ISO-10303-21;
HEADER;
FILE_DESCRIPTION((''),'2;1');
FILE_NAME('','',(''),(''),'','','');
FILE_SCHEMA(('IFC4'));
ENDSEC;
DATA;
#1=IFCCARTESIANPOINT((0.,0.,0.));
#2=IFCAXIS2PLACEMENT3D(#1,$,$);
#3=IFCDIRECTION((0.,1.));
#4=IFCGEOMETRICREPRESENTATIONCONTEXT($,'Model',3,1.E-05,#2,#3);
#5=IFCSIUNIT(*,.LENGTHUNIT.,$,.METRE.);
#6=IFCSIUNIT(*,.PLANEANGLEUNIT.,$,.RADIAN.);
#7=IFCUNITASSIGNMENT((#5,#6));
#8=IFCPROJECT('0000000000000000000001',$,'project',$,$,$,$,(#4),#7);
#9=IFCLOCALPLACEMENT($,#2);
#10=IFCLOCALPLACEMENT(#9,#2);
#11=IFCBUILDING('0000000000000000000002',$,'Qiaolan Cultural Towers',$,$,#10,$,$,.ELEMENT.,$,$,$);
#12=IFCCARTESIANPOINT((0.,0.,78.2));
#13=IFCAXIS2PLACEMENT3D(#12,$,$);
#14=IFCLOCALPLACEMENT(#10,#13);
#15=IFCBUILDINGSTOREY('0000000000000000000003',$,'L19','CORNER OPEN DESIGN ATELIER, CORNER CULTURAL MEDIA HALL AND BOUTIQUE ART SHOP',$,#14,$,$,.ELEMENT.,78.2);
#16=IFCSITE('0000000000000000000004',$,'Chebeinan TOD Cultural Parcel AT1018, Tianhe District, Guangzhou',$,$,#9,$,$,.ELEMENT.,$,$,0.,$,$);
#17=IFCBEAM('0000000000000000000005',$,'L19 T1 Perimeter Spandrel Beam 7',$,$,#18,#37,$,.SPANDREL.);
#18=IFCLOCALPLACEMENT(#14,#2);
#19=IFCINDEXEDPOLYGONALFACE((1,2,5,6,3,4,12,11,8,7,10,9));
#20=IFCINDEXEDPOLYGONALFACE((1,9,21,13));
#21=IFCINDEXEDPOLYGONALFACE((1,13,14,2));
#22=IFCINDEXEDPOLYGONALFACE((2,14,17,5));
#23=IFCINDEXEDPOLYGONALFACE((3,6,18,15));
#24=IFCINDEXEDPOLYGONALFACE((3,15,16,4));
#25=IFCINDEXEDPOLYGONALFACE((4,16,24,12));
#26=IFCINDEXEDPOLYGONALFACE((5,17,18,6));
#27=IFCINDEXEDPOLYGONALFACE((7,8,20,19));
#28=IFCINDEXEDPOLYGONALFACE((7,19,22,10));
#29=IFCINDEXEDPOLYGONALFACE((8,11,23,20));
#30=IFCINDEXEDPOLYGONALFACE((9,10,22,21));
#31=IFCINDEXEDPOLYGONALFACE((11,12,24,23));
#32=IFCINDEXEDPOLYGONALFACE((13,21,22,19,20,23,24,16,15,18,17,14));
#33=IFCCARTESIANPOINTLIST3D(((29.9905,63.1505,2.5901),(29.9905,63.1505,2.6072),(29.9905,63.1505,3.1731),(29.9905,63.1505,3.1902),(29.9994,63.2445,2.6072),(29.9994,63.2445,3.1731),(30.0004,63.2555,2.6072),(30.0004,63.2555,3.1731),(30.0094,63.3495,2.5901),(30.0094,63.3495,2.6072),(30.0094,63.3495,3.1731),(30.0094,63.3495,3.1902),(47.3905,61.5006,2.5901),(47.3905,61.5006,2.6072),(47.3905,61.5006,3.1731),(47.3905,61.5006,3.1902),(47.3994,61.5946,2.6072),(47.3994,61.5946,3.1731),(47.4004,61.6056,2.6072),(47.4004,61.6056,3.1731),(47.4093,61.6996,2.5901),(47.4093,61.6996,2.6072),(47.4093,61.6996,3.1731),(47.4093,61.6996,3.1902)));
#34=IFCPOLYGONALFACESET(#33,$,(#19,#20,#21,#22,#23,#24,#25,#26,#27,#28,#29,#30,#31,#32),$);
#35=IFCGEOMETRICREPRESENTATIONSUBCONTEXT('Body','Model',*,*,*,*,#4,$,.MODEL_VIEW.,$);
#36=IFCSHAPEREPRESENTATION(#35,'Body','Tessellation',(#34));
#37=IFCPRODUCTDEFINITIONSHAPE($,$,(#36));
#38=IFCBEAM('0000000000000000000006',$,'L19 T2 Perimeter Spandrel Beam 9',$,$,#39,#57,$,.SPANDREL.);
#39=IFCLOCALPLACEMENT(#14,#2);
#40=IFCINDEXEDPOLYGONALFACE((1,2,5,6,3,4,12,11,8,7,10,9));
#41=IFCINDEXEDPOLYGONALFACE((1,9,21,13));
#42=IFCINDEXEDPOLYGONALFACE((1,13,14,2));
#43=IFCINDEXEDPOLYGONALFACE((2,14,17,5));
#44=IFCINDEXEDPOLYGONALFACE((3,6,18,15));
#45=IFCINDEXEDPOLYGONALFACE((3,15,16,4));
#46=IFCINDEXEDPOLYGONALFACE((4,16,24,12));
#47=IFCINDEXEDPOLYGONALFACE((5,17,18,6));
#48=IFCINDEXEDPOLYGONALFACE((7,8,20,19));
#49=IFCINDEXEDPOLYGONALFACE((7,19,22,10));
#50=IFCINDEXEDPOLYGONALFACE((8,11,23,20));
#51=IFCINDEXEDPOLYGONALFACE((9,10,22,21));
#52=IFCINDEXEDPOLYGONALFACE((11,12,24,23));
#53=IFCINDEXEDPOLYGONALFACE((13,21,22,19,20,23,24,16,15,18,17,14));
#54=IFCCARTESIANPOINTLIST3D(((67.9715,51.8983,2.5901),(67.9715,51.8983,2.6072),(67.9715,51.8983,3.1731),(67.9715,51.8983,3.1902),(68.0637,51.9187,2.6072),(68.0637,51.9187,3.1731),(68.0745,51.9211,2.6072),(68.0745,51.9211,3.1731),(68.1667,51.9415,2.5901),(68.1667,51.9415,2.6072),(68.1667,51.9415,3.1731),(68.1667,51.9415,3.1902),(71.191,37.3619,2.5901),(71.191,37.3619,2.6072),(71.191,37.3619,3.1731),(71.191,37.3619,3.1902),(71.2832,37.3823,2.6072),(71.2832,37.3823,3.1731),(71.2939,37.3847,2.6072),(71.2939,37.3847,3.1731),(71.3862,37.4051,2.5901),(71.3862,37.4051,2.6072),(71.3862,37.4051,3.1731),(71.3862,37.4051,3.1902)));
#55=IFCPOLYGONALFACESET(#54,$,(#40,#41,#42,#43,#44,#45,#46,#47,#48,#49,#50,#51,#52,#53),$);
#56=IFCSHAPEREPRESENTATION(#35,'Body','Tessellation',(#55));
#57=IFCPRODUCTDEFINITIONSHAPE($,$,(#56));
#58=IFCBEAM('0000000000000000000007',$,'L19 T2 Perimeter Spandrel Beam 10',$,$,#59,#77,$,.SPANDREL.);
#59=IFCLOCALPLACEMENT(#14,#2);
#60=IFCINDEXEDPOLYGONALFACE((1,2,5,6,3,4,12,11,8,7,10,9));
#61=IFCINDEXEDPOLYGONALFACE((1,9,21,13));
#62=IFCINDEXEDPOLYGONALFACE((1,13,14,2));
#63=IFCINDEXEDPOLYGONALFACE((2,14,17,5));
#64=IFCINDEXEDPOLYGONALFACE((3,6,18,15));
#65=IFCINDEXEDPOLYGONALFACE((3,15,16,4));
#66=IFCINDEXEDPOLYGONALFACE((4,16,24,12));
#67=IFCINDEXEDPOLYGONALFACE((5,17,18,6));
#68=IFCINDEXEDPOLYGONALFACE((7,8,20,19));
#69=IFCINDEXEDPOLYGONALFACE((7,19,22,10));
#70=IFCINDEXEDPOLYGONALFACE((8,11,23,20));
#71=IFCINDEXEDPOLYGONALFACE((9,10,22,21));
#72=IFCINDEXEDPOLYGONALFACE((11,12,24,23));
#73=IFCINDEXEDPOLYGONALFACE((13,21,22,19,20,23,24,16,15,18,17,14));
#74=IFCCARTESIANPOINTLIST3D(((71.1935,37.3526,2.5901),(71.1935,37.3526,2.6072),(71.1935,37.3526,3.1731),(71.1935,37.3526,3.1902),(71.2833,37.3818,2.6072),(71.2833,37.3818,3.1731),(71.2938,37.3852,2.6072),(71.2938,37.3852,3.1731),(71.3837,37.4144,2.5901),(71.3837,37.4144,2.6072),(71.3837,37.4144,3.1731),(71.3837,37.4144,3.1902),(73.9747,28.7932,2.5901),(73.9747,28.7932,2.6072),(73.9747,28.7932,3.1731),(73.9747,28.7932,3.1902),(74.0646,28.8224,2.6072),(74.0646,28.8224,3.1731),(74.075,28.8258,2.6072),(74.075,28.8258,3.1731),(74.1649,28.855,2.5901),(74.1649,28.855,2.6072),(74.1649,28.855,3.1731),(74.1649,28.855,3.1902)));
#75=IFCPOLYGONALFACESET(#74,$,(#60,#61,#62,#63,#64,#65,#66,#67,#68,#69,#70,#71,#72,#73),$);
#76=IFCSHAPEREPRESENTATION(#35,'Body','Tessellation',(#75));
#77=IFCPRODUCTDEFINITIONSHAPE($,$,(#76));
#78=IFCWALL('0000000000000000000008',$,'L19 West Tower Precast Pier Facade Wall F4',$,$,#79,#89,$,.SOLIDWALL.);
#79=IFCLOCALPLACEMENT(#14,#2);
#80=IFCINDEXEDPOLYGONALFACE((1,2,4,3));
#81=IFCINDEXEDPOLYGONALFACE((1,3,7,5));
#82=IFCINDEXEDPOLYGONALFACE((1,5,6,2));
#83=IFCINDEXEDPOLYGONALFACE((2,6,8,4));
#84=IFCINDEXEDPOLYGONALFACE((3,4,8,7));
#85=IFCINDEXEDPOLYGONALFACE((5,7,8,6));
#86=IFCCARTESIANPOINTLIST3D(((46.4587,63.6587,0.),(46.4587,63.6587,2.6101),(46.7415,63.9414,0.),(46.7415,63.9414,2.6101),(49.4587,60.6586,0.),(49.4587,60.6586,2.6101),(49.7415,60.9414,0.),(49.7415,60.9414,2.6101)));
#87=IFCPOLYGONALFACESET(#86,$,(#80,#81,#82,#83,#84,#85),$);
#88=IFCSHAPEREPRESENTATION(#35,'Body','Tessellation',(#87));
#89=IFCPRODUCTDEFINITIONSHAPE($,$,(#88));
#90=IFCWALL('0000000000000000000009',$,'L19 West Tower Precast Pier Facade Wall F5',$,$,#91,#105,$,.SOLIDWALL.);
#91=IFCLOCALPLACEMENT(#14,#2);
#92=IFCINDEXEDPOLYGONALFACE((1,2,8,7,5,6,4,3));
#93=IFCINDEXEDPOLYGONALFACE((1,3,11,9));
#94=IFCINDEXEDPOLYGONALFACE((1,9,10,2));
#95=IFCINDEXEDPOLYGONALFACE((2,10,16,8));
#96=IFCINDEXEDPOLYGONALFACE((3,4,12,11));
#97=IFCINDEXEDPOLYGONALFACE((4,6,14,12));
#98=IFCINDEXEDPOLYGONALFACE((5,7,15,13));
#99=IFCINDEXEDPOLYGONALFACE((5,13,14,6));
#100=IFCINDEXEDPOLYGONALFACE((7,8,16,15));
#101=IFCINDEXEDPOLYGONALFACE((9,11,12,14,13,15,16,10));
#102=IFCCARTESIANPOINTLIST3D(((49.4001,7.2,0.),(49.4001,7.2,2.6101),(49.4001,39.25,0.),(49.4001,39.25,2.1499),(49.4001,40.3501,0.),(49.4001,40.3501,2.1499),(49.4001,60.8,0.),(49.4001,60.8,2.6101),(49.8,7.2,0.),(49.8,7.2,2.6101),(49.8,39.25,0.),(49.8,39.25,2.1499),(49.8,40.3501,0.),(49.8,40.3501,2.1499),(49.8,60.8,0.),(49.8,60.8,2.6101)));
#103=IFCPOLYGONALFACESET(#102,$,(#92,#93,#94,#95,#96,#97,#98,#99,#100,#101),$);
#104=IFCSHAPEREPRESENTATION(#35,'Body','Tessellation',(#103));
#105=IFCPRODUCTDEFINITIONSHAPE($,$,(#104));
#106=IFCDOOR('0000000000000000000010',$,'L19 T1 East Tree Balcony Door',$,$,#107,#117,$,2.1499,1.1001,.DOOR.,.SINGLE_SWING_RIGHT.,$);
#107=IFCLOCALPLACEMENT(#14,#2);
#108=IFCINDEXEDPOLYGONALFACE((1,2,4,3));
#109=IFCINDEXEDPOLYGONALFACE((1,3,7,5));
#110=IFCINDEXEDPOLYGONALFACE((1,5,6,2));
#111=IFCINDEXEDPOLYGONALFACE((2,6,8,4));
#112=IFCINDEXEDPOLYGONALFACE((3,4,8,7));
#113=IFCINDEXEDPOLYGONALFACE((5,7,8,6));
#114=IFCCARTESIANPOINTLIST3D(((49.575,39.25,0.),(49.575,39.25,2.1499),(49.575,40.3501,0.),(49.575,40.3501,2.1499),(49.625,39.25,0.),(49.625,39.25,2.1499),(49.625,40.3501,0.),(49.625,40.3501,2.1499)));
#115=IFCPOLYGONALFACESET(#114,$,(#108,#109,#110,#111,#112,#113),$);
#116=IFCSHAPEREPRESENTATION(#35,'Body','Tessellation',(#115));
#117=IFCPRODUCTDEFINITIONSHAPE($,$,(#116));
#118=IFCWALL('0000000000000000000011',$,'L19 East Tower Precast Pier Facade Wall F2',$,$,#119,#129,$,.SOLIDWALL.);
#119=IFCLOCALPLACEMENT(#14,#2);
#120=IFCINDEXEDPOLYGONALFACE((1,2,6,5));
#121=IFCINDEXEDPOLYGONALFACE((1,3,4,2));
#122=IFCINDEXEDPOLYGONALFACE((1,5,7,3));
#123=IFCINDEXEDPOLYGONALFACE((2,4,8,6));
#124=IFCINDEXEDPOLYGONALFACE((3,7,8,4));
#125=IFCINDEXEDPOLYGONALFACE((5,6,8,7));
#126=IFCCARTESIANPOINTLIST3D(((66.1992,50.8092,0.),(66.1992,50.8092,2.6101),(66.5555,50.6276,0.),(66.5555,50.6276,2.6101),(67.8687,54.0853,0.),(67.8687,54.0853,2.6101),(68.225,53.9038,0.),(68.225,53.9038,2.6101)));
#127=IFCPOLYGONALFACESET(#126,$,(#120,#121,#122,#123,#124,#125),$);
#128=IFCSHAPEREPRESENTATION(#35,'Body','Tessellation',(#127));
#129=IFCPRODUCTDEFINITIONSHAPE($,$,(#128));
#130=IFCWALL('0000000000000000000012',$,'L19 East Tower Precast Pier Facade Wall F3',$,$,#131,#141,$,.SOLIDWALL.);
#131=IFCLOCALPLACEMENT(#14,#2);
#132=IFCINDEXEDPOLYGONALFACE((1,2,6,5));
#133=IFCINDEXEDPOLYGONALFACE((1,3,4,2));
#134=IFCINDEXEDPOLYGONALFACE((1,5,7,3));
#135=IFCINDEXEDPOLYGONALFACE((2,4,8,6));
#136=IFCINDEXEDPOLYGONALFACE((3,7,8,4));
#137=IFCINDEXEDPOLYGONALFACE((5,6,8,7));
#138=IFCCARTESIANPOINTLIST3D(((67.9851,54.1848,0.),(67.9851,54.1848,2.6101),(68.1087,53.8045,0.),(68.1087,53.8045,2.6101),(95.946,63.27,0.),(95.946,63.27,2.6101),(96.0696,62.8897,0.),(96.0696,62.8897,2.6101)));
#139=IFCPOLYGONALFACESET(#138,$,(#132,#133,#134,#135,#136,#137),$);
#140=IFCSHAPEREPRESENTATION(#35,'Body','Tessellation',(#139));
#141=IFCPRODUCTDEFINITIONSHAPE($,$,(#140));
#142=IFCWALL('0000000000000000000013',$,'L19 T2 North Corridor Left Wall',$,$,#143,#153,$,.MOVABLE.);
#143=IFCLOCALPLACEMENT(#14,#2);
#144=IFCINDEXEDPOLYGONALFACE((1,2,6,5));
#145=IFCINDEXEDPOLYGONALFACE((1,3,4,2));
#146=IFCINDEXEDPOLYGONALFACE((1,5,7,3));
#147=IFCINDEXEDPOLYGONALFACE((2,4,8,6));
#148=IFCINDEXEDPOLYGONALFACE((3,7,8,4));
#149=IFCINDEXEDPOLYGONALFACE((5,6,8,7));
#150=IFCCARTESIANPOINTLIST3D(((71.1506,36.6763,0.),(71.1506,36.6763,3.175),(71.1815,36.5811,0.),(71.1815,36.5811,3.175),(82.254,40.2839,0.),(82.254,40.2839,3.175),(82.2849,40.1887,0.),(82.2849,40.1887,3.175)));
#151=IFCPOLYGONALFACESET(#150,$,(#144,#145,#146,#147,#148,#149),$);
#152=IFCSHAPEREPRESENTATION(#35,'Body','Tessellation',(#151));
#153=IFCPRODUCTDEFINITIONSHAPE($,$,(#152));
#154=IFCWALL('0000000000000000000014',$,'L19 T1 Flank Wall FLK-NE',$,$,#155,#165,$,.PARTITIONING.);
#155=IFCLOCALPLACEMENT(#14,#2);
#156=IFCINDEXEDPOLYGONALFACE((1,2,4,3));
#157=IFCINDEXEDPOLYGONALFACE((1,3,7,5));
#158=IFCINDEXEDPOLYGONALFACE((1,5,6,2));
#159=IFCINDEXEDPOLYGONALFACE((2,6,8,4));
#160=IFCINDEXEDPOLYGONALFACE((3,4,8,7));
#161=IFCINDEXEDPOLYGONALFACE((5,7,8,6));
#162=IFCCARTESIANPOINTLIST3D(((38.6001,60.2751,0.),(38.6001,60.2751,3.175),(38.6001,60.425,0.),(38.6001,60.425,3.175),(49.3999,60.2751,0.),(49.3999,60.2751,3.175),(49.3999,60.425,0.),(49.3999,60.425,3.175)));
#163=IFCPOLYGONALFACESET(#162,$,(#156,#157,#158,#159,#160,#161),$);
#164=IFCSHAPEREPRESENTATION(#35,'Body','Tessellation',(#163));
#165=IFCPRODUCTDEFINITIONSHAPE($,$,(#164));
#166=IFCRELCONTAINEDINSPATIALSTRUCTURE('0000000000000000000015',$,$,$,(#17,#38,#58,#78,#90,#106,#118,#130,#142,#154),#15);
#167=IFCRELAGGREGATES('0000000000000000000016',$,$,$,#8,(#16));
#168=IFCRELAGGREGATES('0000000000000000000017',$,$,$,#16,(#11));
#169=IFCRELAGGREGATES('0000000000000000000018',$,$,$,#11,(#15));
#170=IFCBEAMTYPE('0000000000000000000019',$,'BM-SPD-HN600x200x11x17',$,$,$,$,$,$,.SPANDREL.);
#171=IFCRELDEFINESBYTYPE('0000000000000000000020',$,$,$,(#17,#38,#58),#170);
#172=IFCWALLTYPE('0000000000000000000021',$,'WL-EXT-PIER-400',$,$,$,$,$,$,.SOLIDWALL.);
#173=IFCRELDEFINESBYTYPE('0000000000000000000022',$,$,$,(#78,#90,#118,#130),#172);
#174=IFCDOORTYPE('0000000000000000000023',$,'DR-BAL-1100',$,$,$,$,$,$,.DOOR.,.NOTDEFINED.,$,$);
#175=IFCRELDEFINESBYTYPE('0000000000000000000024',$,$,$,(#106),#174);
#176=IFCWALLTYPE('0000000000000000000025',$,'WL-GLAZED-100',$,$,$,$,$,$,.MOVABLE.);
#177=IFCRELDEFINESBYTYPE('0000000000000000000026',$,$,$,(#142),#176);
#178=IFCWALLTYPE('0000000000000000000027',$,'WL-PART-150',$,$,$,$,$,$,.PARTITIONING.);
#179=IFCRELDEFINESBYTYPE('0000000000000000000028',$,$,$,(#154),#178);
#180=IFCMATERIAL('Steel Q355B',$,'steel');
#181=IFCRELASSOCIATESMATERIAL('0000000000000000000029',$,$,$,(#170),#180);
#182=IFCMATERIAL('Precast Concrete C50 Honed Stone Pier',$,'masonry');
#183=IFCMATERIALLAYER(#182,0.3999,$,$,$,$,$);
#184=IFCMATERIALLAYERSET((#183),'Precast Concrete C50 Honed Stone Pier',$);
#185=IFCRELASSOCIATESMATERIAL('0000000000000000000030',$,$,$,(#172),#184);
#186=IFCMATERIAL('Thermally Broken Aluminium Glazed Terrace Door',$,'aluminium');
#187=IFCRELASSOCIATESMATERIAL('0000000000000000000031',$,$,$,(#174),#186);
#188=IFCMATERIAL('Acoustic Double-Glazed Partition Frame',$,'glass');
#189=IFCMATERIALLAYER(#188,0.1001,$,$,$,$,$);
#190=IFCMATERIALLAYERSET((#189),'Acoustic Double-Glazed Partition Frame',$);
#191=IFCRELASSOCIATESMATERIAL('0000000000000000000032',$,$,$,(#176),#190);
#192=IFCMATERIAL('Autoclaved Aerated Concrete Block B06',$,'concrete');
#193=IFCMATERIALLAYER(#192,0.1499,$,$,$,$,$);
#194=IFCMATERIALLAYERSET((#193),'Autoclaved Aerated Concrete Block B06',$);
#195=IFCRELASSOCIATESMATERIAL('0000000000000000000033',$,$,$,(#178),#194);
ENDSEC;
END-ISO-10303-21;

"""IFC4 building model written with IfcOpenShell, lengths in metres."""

from ifc_helpers import new_model, si_unit, direction, frame, frame_2d, origin, origin_2d, place, context, subcontext, project, spatial, rectangle, i_section, extrude, material, layer, layer_set, material_profile, profile_set, type_object, element, fill, save


model = new_model("IFC4")

# Units and contexts
model_context = context("Model", 3, precision=1e-05, world=origin(), true_north=direction((0.0, 1.0)))
body_context = subcontext(model_context, "Body", "Model", "MODEL_VIEW")
ifc_project = project(units=[si_unit("LENGTHUNIT", "METRE"), si_unit("PLANEANGLEUNIT", "RADIAN")], contexts=[model_context])

# Site, building, storey
site_placement = place(None, origin())
site = spatial("IfcSite", under=ifc_project, at=site_placement, Name="Chebeinan TOD Cultural Parcel AT1018, Tianhe District, Guangzhou", CompositionType="ELEMENT", RefElevation=0.0)
building_placement = place(site_placement, origin())
building = spatial("IfcBuilding", under=site, at=building_placement, Name="Qiaolan Cultural Towers", CompositionType="ELEMENT")
storey_placement = place(building_placement, frame((0.0, 0.0, 78.2)))
storey = spatial("IfcBuildingStorey", under=building, at=storey_placement, Name="L19", Description="CORNER OPEN DESIGN ATELIER, CORNER CULTURAL MEDIA HALL AND BOUTIQUE ART SHOP", CompositionType="ELEMENT", Elevation=78.2)

# Beams
ifc_material_1 = material(Name="Steel Q355B", Category="steel")
ifc_material_profile_1 = material_profile(ifc_material_1, i_section(OverallWidth=0.2, OverallDepth=0.6001, WebThickness=0.011, FlangeThickness=0.0171, at=origin_2d()), Name="HN600x200x11x17")
ifc_profile_set_1 = profile_set([ifc_material_profile_1], Name="Steel Q355B")
beam_type_1 = type_object("IfcBeamType", Name="BM-SPD-HN600x200x11x17", PredefinedType="SPANDREL", material=ifc_profile_set_1)
beam_1_placement = place(storey_placement, frame((47.3999, 61.6001, 2.8901), z_axis=(-0.995534, 0.094399, 0.0), x_axis=(-0.094399, -0.995534, 0.0)))
element("IfcBeam", 1, at=beam_1_placement, inside=storey, type_object=beam_type_1, Name="L19 T1 Perimeter Spandrel Beam 7", PredefinedType="SPANDREL", context=body_context, shape_type="SweptSolid", body=[
    extrude(i_section(OverallWidth=0.2, OverallDepth=0.6001, WebThickness=0.011, FlangeThickness=0.0171, at=origin_2d()), origin(), (0.0, 0.0, 1.0), 17.478),
])
beam_2_placement = place(storey_placement, frame((68.0691, 51.9199, 2.8901), z_axis=(0.216238, -0.976341, 0.0), x_axis=(0.976341, 0.216238, 0.0)))
element("IfcBeam", 2, at=beam_2_placement, inside=storey, type_object=beam_type_1, Name="L19 T2 Perimeter Spandrel Beam 9", PredefinedType="SPANDREL", context=body_context, shape_type="SweptSolid", body=[
    extrude(i_section(OverallWidth=0.2, OverallDepth=0.6001, WebThickness=0.011, FlangeThickness=0.0171, at=origin_2d()), origin(), (0.0, 0.0, 1.0), 14.8887),
])
beam_3_placement = place(storey_placement, frame((71.2886, 37.3835, 2.8901), z_axis=(0.309025, -0.951054, 0.0), x_axis=(0.951054, 0.309025, 0.0)))
element("IfcBeam", 3, at=beam_3_placement, inside=storey, type_object=beam_type_1, Name="L19 T2 Perimeter Spandrel Beam 10", PredefinedType="SPANDREL", context=body_context, shape_type="SweptSolid", body=[
    extrude(i_section(OverallWidth=0.2, OverallDepth=0.6001, WebThickness=0.011, FlangeThickness=0.0171, at=origin_2d()), origin(), (0.0, 0.0, 1.0), 9.0),
])

# Wall
ifc_material_2 = material(Name="Precast Concrete C50 Honed Stone Pier", Category="masonry")
ifc_layer_1 = layer(ifc_material_2, 0.3999)
ifc_layer_set_1 = layer_set([ifc_layer_1], Name="Precast Concrete C50 Honed Stone Pier")
wall_type_1 = type_object("IfcWallType", Name="WL-EXT-PIER-400", PredefinedType="SOLIDWALL", material=ifc_layer_set_1)
wall_1_placement = place(storey_placement, frame((46.6001, 63.8, 0.0), z_axis=(0.0, 0.0, 1.0), x_axis=(0.707107, -0.707107, 0.0)))
element("IfcWall", 4, at=wall_1_placement, inside=storey, type_object=wall_type_1, Name="L19 West Tower Precast Pier Facade Wall F4", PredefinedType="SOLIDWALL", context=body_context, shape_type="SweptSolid", body=[
    extrude(rectangle(XDim=4.2427, YDim=0.3999, at=frame_2d((2.1213, 0.0))), origin(), (0.0, 0.0, 1.0), 2.6101),
])

# Wall, opening, door
wall_2_placement = place(storey_placement, frame((49.6001, 60.8, 0.0), z_axis=(0.0, 0.0, 1.0), x_axis=(0.0, -1.0, 0.0)))
wall_2 = element("IfcWall", 5, at=wall_2_placement, inside=storey, type_object=wall_type_1, Name="L19 West Tower Precast Pier Facade Wall F5", PredefinedType="SOLIDWALL", context=body_context, shape_type="SweptSolid", body=[
    extrude(rectangle(XDim=53.6001, YDim=0.3999, at=frame_2d((26.8, 0.0))), origin(), (0.0, 0.0, 1.0), 2.6101),
])
opening_1_placement = place(wall_2_placement, frame((20.45, 0.0, 0.0)))
opening_1 = element("IfcOpeningElement", 6, at=opening_1_placement, cuts=wall_2, PredefinedType="OPENING", context=body_context, shape_type="SweptSolid", body=[
    extrude(rectangle(XDim=1.1001, YDim=2.1499, at=frame_2d((0.55, 1.075))), frame((0.0, 0.21, 0.0), z_axis=(0.0, -1.0, 0.0), x_axis=(1.0, 0.0, 0.0)), (0.0, 0.0, 1.0), 0.4199),
])
ifc_material_3 = material(Name="Thermally Broken Aluminium Glazed Terrace Door", Category="aluminium")
door_type_1 = type_object("IfcDoorType", Name="DR-BAL-1100", OperationType="NOTDEFINED", PredefinedType="DOOR", material=ifc_material_3)
door_1_placement = place(opening_1_placement, origin())
door_1 = element("IfcDoor", 7, at=door_1_placement, inside=storey, type_object=door_type_1, Name="L19 T1 East Tree Balcony Door", OperationType="SINGLE_SWING_RIGHT", OverallHeight=2.1499, OverallWidth=1.1001, PredefinedType="DOOR", context=body_context, shape_type="SweptSolid", body=[
    extrude(rectangle(XDim=1.1001, YDim=2.1499, at=frame_2d((0.55, 1.075))), frame((0.0, 0.0249, 0.0), z_axis=(0.0, -1.0, 0.0), x_axis=(1.0, 0.0, 0.0)), (0.0, 0.0, 1.0), 0.05),
])
fill(opening_1, door_1)

# Walls
wall_3_placement = place(storey_placement, frame((66.3774, 50.7185, 0.0), z_axis=(0.0, 0.0, 1.0), x_axis=(0.454026, 0.890988, 0.0)))
element("IfcWall", 8, at=wall_3_placement, inside=storey, type_object=wall_type_1, Name="L19 East Tower Precast Pier Facade Wall F2", PredefinedType="SOLIDWALL", context=body_context, shape_type="SweptSolid", body=[
    extrude(rectangle(XDim=3.677, YDim=0.3999, at=frame_2d((1.8384, 0.0))), origin(), (0.0, 0.0, 1.0), 2.6101),
])
wall_4_placement = place(storey_placement, frame((68.0469, 53.9946, 0.0), z_axis=(0.0, 0.0, 1.0), x_axis=(0.951055, 0.309021, 0.0)))
element("IfcWall", 9, at=wall_4_placement, inside=storey, type_object=wall_type_1, Name="L19 East Tower Precast Pier Facade Wall F3", PredefinedType="SOLIDWALL", context=body_context, shape_type="SweptSolid", body=[
    extrude(rectangle(XDim=29.3999, YDim=0.3999, at=frame_2d((14.7, 0.0))), origin(), (0.0, 0.0, 1.0), 2.6101),
])
ifc_material_4 = material(Name="Acoustic Double-Glazed Partition Frame", Category="glass")
ifc_layer_2 = layer(ifc_material_4, 0.1001)
ifc_layer_set_2 = layer_set([ifc_layer_2], Name="Acoustic Double-Glazed Partition Frame")
wall_type_2 = type_object("IfcWallType", Name="WL-GLAZED-100", PredefinedType="MOVABLE", material=ifc_layer_set_2)
wall_5_placement = place(storey_placement, frame((71.166, 36.6287, 0.0), z_axis=(0.0, 0.0, 1.0), x_axis=(0.951059, 0.30901, 0.0)))
element("IfcWall", 10, at=wall_5_placement, inside=storey, type_object=wall_type_2, Name="L19 T2 North Corridor Left Wall", PredefinedType="MOVABLE", context=body_context, shape_type="SweptSolid", body=[
    extrude(rectangle(XDim=11.6748, YDim=0.1001, at=frame_2d((5.8374, 0.0))), origin(), (0.0, 0.0, 1.0), 3.175),
])
ifc_material_5 = material(Name="Autoclaved Aerated Concrete Block B06", Category="concrete")
ifc_layer_3 = layer(ifc_material_5, 0.1499)
ifc_layer_set_3 = layer_set([ifc_layer_3], Name="Autoclaved Aerated Concrete Block B06")
wall_type_3 = type_object("IfcWallType", Name="WL-PART-150", PredefinedType="PARTITIONING", material=ifc_layer_set_3)
wall_6_placement = place(storey_placement, frame((38.6001, 60.3501, 0.0), z_axis=(0.0, 0.0, 1.0), x_axis=(1.0, 0.0, 0.0)))
element("IfcWall", 11, at=wall_6_placement, inside=storey, type_object=wall_type_3, Name="L19 T1 Flank Wall FLK-NE", PredefinedType="PARTITIONING", context=body_context, shape_type="SweptSolid", body=[
    extrude(rectangle(XDim=10.7998, YDim=0.1499, at=frame_2d((5.3999, 0.0))), origin(), (0.0, 0.0, 1.0), 3.175),
])

save(model, "model.ifc")
